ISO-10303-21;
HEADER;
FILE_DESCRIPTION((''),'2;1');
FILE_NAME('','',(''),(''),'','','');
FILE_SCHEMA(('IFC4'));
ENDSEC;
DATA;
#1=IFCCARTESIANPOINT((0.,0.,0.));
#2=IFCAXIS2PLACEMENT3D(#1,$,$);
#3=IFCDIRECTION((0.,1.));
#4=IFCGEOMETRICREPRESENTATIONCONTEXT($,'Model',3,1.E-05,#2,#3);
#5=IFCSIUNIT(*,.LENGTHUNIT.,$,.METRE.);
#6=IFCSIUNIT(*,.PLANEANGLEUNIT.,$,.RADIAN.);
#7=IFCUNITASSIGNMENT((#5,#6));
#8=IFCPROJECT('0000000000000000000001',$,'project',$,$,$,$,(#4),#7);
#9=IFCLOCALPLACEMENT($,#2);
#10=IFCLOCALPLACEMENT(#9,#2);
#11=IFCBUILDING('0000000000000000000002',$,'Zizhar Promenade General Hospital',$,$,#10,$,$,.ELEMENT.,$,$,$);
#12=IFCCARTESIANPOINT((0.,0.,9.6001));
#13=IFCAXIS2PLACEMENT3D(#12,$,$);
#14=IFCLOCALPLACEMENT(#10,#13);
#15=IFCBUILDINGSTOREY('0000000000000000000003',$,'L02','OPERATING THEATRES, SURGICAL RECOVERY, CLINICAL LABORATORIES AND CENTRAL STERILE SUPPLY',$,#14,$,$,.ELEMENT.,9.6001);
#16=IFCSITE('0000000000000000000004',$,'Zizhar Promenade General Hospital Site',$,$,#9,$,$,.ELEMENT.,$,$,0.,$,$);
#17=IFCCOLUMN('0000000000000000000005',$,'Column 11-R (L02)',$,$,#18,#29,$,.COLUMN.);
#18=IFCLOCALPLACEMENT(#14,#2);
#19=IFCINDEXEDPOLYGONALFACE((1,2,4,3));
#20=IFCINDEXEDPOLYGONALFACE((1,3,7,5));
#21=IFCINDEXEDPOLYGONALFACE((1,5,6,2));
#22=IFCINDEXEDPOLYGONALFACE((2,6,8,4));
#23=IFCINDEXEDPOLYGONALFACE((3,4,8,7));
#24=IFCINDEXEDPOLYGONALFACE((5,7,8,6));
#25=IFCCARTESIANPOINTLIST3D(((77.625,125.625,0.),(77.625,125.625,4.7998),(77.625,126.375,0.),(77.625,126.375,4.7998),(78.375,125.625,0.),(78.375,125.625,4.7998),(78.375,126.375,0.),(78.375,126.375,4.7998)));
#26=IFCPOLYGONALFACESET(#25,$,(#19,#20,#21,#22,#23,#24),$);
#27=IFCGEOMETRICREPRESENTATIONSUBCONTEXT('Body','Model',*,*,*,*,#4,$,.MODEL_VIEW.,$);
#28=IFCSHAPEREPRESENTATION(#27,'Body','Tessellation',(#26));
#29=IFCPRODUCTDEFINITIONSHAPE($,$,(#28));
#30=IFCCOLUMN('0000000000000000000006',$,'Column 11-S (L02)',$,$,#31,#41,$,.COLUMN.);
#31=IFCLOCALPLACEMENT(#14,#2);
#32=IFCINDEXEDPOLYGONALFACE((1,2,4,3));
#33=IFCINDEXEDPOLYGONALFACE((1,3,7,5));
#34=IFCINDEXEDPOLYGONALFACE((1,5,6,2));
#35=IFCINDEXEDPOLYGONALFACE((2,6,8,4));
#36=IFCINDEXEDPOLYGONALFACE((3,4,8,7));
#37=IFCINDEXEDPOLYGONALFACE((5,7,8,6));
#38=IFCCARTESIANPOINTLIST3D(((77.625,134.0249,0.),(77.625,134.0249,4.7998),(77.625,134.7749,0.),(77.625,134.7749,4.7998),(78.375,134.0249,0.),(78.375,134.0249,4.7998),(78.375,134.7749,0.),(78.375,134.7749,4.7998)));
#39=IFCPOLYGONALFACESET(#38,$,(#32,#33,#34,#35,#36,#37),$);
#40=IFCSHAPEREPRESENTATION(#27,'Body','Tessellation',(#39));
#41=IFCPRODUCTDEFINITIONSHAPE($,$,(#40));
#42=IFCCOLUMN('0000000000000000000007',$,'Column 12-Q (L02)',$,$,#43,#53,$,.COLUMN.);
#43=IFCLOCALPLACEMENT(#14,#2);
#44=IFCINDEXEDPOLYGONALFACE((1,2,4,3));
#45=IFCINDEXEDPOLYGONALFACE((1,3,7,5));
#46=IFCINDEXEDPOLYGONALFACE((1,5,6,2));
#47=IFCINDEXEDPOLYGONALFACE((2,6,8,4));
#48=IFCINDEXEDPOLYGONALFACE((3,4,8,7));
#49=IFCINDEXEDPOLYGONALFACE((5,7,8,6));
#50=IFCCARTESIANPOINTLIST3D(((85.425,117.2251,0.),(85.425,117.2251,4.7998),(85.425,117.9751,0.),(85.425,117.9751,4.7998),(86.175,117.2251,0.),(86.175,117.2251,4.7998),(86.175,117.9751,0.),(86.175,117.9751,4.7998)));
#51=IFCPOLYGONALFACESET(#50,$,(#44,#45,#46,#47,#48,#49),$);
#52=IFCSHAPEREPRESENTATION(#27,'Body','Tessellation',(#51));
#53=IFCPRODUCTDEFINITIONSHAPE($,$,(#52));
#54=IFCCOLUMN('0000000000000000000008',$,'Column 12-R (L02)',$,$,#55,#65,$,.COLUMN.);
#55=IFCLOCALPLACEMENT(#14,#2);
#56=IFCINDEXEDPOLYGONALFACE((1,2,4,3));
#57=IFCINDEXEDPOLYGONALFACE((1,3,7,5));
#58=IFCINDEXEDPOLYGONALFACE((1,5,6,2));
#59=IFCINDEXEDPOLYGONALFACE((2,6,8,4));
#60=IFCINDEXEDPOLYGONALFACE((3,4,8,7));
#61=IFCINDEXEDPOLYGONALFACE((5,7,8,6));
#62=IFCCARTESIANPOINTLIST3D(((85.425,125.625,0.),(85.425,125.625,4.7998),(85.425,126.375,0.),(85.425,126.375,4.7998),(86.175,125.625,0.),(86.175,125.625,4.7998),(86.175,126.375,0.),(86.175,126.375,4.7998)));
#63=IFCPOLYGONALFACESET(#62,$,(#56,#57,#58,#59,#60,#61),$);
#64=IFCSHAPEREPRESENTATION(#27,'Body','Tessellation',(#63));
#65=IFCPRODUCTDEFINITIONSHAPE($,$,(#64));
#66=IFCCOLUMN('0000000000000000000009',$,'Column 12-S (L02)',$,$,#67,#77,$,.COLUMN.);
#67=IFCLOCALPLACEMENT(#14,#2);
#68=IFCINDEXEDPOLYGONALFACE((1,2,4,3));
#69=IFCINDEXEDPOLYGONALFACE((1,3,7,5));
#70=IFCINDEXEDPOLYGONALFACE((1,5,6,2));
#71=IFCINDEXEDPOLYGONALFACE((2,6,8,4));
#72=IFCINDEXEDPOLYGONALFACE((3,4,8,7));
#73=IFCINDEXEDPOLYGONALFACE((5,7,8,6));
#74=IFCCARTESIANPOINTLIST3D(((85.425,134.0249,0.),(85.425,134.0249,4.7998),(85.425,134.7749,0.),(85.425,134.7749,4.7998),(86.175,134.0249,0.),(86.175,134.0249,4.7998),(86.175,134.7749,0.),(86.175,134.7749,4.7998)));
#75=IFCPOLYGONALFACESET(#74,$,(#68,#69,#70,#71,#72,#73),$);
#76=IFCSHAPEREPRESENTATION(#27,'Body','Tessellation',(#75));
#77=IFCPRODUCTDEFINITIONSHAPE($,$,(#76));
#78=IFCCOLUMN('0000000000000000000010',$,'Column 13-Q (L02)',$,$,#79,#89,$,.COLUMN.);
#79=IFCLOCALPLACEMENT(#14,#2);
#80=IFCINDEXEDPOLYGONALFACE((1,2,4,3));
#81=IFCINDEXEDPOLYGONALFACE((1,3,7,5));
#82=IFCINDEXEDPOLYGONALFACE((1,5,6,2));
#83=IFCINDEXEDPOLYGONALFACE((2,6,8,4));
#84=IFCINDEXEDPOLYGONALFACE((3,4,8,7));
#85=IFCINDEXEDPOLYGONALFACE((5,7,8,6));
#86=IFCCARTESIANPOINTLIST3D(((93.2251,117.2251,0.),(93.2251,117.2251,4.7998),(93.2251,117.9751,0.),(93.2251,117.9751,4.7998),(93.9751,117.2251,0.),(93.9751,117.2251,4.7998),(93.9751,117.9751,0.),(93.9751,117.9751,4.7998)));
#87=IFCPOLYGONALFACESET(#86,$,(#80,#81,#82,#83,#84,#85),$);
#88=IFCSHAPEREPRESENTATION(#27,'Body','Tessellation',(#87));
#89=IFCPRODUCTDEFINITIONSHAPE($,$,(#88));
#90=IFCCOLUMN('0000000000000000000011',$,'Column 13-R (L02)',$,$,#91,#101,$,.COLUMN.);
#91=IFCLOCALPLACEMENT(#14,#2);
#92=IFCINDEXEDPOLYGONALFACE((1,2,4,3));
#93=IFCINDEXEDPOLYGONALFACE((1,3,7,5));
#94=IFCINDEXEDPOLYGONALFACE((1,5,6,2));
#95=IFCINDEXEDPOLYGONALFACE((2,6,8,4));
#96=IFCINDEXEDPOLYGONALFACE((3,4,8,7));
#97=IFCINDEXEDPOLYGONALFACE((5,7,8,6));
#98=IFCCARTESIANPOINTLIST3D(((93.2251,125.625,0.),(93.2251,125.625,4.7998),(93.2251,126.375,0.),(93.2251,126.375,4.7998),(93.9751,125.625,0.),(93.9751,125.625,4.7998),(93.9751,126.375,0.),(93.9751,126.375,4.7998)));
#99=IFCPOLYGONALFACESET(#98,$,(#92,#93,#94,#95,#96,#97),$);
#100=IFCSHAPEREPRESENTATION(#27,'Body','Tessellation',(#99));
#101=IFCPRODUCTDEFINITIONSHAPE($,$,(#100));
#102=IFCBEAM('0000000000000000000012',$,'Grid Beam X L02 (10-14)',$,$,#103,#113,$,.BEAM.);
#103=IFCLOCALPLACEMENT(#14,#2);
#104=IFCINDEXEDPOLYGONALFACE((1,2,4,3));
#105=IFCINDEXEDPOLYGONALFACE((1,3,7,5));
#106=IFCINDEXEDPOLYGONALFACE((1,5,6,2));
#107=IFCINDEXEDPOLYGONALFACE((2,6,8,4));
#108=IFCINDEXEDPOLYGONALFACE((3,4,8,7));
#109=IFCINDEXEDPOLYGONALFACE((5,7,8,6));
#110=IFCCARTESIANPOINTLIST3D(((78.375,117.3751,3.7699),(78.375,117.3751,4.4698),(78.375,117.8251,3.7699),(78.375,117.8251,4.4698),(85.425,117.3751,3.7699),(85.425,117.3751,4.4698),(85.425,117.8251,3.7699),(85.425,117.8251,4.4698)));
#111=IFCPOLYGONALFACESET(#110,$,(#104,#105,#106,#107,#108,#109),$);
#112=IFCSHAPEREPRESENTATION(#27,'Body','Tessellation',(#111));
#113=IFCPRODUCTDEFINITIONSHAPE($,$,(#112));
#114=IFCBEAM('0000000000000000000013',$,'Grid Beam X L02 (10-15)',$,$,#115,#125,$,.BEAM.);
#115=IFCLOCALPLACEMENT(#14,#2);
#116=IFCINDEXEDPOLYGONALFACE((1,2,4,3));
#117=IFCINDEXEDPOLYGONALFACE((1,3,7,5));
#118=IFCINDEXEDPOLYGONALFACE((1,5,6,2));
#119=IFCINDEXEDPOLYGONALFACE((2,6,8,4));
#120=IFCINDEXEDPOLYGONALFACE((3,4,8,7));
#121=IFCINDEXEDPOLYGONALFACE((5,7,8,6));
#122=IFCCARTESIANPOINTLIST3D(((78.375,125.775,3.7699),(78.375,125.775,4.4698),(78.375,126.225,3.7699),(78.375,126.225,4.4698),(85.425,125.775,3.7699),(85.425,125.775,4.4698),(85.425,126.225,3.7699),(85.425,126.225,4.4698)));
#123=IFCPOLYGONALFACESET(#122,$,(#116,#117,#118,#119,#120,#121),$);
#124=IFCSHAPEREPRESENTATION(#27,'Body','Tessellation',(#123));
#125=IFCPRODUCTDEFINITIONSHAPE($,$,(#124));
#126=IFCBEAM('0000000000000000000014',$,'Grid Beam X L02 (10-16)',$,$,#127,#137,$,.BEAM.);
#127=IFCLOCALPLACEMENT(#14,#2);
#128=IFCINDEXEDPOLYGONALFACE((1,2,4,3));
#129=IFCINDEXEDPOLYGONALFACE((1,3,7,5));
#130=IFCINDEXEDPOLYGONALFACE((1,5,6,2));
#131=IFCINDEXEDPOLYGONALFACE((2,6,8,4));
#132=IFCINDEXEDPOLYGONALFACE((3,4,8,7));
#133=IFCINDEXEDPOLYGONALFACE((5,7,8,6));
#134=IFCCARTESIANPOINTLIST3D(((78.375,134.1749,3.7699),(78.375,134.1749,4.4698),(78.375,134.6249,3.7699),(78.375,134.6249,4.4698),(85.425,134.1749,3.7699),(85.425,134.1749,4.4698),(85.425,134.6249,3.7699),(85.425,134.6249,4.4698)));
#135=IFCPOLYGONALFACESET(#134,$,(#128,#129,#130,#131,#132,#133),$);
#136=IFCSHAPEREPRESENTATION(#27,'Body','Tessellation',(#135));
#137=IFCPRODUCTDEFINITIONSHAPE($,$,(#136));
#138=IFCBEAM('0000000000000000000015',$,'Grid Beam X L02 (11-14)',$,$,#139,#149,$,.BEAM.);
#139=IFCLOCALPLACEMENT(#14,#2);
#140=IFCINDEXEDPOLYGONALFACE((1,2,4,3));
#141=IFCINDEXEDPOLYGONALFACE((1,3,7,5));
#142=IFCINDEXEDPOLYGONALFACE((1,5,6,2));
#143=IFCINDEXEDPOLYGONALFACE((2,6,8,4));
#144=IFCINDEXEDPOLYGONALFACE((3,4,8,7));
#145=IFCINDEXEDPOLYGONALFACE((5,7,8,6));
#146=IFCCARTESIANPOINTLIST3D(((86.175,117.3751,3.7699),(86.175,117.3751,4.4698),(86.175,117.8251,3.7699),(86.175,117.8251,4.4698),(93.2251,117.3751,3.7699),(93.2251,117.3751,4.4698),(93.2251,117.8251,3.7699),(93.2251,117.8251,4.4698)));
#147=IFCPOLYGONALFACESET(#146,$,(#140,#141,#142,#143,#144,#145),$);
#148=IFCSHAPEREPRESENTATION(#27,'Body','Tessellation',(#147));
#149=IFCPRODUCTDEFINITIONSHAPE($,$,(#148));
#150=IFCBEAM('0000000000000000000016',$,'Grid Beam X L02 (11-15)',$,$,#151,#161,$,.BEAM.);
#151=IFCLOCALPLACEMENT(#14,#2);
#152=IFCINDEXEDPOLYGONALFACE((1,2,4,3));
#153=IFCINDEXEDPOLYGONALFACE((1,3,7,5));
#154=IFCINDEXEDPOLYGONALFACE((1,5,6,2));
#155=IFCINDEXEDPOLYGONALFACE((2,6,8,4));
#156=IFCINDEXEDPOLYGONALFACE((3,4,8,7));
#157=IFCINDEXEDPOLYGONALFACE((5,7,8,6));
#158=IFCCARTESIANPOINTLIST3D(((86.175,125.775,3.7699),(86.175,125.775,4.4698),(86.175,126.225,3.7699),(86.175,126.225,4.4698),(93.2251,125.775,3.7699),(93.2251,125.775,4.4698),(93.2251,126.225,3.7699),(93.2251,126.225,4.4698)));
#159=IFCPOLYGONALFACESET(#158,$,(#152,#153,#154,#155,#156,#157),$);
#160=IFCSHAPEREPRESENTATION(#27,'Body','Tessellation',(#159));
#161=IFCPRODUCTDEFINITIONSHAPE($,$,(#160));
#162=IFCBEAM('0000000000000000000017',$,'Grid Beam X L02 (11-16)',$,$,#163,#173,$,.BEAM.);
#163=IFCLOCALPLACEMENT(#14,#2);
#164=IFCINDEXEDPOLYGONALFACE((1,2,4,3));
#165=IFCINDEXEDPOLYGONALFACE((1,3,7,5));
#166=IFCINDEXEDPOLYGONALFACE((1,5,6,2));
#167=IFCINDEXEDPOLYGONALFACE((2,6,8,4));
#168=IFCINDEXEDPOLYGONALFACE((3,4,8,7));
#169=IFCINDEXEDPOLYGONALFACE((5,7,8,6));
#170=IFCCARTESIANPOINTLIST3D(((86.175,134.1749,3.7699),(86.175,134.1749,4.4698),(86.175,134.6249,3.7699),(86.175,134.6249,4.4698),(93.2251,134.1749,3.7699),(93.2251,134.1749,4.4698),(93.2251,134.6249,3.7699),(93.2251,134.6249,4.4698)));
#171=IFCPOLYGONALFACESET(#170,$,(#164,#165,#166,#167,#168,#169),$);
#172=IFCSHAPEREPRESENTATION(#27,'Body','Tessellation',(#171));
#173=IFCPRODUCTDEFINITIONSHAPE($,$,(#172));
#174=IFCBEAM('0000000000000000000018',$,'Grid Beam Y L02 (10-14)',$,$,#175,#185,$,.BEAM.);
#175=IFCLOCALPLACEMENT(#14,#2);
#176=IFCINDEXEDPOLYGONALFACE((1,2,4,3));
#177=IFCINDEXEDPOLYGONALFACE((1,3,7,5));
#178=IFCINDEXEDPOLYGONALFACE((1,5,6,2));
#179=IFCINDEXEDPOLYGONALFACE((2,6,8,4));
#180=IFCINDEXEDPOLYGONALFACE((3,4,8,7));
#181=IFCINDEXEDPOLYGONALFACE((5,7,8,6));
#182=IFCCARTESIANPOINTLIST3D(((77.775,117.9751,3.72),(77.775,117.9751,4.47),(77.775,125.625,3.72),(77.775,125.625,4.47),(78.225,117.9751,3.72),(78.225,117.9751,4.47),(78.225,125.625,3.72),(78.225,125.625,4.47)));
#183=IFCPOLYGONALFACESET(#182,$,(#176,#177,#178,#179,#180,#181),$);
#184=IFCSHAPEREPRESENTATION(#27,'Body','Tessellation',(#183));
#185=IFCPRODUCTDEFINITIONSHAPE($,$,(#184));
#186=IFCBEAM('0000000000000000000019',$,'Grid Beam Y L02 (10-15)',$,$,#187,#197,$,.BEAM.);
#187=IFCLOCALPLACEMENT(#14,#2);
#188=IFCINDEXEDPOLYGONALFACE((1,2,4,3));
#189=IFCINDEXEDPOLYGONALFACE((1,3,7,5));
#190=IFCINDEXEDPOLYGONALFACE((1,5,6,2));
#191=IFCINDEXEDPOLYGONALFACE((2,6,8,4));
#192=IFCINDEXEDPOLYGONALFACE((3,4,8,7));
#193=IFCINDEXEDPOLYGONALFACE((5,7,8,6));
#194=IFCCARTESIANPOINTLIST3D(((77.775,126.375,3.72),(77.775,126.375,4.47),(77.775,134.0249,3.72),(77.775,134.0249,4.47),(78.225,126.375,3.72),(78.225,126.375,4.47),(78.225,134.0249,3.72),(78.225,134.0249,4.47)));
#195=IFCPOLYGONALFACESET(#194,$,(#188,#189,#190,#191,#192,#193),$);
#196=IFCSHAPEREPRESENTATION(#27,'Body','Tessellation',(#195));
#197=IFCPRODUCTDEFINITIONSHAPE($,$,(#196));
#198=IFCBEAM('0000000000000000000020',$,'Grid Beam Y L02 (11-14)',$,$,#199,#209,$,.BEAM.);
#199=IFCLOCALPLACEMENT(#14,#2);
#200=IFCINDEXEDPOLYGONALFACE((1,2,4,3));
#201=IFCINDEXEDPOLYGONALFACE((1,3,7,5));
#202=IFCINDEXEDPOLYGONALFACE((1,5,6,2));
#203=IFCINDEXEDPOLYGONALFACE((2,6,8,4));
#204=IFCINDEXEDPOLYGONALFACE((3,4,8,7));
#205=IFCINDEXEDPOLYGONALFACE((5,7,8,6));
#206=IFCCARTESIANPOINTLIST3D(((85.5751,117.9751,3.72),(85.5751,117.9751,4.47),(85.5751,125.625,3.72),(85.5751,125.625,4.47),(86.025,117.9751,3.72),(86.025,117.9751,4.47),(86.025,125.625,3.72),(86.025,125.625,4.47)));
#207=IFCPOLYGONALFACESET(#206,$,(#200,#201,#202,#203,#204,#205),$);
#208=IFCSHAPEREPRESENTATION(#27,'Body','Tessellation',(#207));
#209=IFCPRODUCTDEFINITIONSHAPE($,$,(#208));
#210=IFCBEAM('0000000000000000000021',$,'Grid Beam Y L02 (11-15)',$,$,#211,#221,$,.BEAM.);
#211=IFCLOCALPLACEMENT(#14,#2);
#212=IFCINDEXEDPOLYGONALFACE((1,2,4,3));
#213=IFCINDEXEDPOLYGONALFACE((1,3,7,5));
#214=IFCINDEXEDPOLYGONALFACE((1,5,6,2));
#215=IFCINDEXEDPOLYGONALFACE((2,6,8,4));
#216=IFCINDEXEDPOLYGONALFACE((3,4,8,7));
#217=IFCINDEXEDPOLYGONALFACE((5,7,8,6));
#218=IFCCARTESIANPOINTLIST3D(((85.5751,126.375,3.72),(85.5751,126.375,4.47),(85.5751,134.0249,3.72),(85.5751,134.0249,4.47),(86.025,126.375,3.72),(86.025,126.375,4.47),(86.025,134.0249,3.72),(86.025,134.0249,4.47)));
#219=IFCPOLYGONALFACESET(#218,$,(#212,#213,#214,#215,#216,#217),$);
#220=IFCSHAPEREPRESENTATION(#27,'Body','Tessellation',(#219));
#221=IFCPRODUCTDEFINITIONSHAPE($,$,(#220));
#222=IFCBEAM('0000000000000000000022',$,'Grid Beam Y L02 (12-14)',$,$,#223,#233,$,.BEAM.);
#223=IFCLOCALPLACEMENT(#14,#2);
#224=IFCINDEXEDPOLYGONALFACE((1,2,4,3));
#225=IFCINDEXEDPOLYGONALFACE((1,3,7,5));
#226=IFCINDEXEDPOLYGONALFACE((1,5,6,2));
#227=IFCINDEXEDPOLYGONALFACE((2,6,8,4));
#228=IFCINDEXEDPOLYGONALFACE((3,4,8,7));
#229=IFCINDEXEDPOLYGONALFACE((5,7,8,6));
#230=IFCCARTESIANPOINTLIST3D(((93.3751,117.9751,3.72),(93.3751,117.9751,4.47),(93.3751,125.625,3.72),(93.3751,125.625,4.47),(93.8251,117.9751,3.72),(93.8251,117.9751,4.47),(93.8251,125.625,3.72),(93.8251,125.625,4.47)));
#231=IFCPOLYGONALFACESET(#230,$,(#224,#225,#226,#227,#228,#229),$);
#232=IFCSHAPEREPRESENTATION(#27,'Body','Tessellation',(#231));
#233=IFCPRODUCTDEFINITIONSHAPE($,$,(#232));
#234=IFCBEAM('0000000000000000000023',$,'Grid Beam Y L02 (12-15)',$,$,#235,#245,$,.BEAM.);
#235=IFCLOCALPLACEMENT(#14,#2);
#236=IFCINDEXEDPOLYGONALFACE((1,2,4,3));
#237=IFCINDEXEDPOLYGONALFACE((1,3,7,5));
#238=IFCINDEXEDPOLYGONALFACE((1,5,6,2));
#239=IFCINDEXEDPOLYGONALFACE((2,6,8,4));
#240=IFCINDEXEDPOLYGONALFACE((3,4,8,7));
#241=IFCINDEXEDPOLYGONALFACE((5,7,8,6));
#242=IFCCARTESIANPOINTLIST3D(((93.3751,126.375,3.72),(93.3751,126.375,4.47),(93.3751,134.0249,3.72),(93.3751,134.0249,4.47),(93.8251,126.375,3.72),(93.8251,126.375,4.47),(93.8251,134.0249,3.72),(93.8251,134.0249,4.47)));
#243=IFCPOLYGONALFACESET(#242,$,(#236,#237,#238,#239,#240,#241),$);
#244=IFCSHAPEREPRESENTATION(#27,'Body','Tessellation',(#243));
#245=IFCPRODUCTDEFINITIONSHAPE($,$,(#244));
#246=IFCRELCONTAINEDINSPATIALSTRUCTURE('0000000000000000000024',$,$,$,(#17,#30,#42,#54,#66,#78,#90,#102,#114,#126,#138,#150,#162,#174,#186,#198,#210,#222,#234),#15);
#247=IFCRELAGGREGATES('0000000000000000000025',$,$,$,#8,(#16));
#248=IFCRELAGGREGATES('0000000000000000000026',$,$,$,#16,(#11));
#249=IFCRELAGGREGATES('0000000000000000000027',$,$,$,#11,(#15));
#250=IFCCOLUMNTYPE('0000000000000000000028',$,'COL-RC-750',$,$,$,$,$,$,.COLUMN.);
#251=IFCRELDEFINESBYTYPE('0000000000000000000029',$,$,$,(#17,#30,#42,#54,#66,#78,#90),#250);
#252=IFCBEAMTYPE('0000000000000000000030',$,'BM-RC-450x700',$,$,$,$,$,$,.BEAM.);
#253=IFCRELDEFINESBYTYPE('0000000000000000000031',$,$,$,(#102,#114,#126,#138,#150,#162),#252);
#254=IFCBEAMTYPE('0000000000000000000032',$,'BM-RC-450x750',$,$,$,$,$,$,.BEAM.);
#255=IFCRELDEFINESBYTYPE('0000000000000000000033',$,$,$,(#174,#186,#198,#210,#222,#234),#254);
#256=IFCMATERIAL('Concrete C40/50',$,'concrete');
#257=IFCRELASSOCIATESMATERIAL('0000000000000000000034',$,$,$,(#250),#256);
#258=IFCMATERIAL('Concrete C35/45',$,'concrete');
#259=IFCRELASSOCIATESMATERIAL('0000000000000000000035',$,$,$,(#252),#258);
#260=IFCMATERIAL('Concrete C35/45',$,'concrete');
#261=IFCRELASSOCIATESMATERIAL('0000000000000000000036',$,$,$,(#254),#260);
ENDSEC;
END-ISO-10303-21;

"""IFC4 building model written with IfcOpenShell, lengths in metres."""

from ifc_helpers import new_model, si_unit, direction, frame, origin, origin_2d, place, context, subcontext, project, spatial, rectangle, extrude, material, material_profile, profile_set, type_object, element, save


model = new_model("IFC4")

# Units and contexts
model_context = context("Model", 3, precision=1e-05, world=origin(), true_north=direction((0.0, 1.0)))
body_context = subcontext(model_context, "Body", "Model", "MODEL_VIEW")
ifc_project = project(units=[si_unit("LENGTHUNIT", "METRE"), si_unit("PLANEANGLEUNIT", "RADIAN")], contexts=[model_context])

# Site, building, storey
site_placement = place(None, origin())
site = spatial("IfcSite", under=ifc_project, at=site_placement, Name="Zizhar Promenade General Hospital Site", CompositionType="ELEMENT", RefElevation=0.0)
building_placement = place(site_placement, origin())
building = spatial("IfcBuilding", under=site, at=building_placement, Name="Zizhar Promenade General Hospital", CompositionType="ELEMENT")
storey_placement = place(building_placement, frame((0.0, 0.0, 9.6001)))
storey = spatial("IfcBuildingStorey", under=building, at=storey_placement, Name="L02", Description="OPERATING THEATRES, SURGICAL RECOVERY, CLINICAL LABORATORIES AND CENTRAL STERILE SUPPLY", CompositionType="ELEMENT", Elevation=9.6001)

# Columns
ifc_material_1 = material(Name="Concrete C40/50", Category="concrete")
ifc_material_profile_1 = material_profile(ifc_material_1, rectangle(XDim=0.75, YDim=0.75, at=origin_2d()))
ifc_profile_set_1 = profile_set([ifc_material_profile_1], Name="Concrete C40/50")
column_type = type_object("IfcColumnType", Name="COL-RC-750", PredefinedType="COLUMN", material=ifc_profile_set_1)
for number, where, z_axis, x_axis, name in (
    (1, (78.0, 126.0, 0.0), (0.0, 0.0, 1.0), (1.0, 0.0, 0.0), "Column 11-R (L02)"),
    (2, (78.0, 134.3999, 0.0), (0.0, 0.0, 1.0), (1.0, 0.0, 0.0), "Column 11-S (L02)"),
    (3, (85.8, 117.6001, 0.0), (0.0, 0.0, 1.0), (1.0, 0.0, 0.0), "Column 12-Q (L02)"),
    (4, (85.8, 126.0, 0.0), (0.0, 0.0, 1.0), (1.0, 0.0, 0.0), "Column 12-R (L02)"),
    (5, (85.8, 134.3999, 0.0), (0.0, 0.0, 1.0), (1.0, 0.0, 0.0), "Column 12-S (L02)"),
    (6, (93.6001, 117.6001, 0.0), (0.0, 0.0, 1.0), (1.0, 0.0, 0.0), "Column 13-Q (L02)"),
    (7, (93.6001, 126.0, 0.0), (0.0, 0.0, 1.0), (1.0, 0.0, 0.0), "Column 13-R (L02)"),
):
    element("IfcColumn", number, at=place(storey_placement, frame(where, z_axis=z_axis, x_axis=x_axis)), inside=storey, type_object=column_type, Name=name, PredefinedType="COLUMN", context=body_context, shape_type="SweptSolid", body=[
        extrude(rectangle(XDim=0.75, YDim=0.75, at=origin_2d()), origin(), (0.0, 0.0, 1.0), 4.7998),
    ])

# Beams
ifc_material_2 = material(Name="Concrete C35/45", Category="concrete")
ifc_material_profile_2 = material_profile(ifc_material_2, rectangle(XDim=0.45, YDim=0.7, at=origin_2d()))
ifc_profile_set_2 = profile_set([ifc_material_profile_2], Name="Concrete C35/45")
beam_type_1 = type_object("IfcBeamType", Name="BM-RC-450x700", PredefinedType="BEAM", material=ifc_profile_set_2)
for number, where, z_axis, x_axis, name in (
    (8, (78.375, 117.6001, 4.1199), (1.0, 0.0, 0.0), (0.0, 1.0, 0.0), "Grid Beam X L02 (10-14)"),
    (9, (78.375, 126.0, 4.1199), (1.0, 0.0, 0.0), (0.0, 1.0, 0.0), "Grid Beam X L02 (10-15)"),
    (10, (78.375, 134.3999, 4.1199), (1.0, 0.0, 0.0), (0.0, 1.0, 0.0), "Grid Beam X L02 (10-16)"),
    (11, (86.175, 117.6001, 4.1199), (1.0, 0.0, 0.0), (0.0, 1.0, 0.0), "Grid Beam X L02 (11-14)"),
    (12, (86.175, 126.0, 4.1199), (1.0, 0.0, 0.0), (0.0, 1.0, 0.0), "Grid Beam X L02 (11-15)"),
    (13, (86.175, 134.3999, 4.1199), (1.0, 0.0, 0.0), (0.0, 1.0, 0.0), "Grid Beam X L02 (11-16)"),
):
    element("IfcBeam", number, at=place(storey_placement, frame(where, z_axis=z_axis, x_axis=x_axis)), inside=storey, type_object=beam_type_1, Name=name, PredefinedType="BEAM", context=body_context, shape_type="SweptSolid", body=[
        extrude(rectangle(XDim=0.45, YDim=0.7, at=origin_2d()), origin(), (0.0, 0.0, 1.0), 7.05),
    ])
ifc_material_3 = material(Name="Concrete C35/45", Category="concrete")
ifc_material_profile_3 = material_profile(ifc_material_3, rectangle(XDim=0.45, YDim=0.75, at=origin_2d()))
ifc_profile_set_3 = profile_set([ifc_material_profile_3], Name="Concrete C35/45")
beam_type_2 = type_object("IfcBeamType", Name="BM-RC-450x750", PredefinedType="BEAM", material=ifc_profile_set_3)
for number, where, z_axis, x_axis, name in (
    (14, (78.0, 117.9751, 4.095), (0.0, 1.0, 0.0), (-1.0, 0.0, 0.0), "Grid Beam Y L02 (10-14)"),
    (15, (78.0, 126.375, 4.095), (0.0, 1.0, 0.0), (-1.0, 0.0, 0.0), "Grid Beam Y L02 (10-15)"),
    (16, (85.8, 117.9751, 4.095), (0.0, 1.0, 0.0), (-1.0, 0.0, 0.0), "Grid Beam Y L02 (11-14)"),
    (17, (85.8, 126.375, 4.095), (0.0, 1.0, 0.0), (-1.0, 0.0, 0.0), "Grid Beam Y L02 (11-15)"),
    (18, (93.6001, 117.9751, 4.095), (0.0, 1.0, 0.0), (-1.0, 0.0, 0.0), "Grid Beam Y L02 (12-14)"),
    (19, (93.6001, 126.375, 4.095), (0.0, 1.0, 0.0), (-1.0, 0.0, 0.0), "Grid Beam Y L02 (12-15)"),
):
    element("IfcBeam", number, at=place(storey_placement, frame(where, z_axis=z_axis, x_axis=x_axis)), inside=storey, type_object=beam_type_2, Name=name, PredefinedType="BEAM", context=body_context, shape_type="SweptSolid", body=[
        extrude(rectangle(XDim=0.45, YDim=0.75, at=origin_2d()), origin(), (0.0, 0.0, 1.0), 7.6499),
    ])

save(model, "model.ifc")
